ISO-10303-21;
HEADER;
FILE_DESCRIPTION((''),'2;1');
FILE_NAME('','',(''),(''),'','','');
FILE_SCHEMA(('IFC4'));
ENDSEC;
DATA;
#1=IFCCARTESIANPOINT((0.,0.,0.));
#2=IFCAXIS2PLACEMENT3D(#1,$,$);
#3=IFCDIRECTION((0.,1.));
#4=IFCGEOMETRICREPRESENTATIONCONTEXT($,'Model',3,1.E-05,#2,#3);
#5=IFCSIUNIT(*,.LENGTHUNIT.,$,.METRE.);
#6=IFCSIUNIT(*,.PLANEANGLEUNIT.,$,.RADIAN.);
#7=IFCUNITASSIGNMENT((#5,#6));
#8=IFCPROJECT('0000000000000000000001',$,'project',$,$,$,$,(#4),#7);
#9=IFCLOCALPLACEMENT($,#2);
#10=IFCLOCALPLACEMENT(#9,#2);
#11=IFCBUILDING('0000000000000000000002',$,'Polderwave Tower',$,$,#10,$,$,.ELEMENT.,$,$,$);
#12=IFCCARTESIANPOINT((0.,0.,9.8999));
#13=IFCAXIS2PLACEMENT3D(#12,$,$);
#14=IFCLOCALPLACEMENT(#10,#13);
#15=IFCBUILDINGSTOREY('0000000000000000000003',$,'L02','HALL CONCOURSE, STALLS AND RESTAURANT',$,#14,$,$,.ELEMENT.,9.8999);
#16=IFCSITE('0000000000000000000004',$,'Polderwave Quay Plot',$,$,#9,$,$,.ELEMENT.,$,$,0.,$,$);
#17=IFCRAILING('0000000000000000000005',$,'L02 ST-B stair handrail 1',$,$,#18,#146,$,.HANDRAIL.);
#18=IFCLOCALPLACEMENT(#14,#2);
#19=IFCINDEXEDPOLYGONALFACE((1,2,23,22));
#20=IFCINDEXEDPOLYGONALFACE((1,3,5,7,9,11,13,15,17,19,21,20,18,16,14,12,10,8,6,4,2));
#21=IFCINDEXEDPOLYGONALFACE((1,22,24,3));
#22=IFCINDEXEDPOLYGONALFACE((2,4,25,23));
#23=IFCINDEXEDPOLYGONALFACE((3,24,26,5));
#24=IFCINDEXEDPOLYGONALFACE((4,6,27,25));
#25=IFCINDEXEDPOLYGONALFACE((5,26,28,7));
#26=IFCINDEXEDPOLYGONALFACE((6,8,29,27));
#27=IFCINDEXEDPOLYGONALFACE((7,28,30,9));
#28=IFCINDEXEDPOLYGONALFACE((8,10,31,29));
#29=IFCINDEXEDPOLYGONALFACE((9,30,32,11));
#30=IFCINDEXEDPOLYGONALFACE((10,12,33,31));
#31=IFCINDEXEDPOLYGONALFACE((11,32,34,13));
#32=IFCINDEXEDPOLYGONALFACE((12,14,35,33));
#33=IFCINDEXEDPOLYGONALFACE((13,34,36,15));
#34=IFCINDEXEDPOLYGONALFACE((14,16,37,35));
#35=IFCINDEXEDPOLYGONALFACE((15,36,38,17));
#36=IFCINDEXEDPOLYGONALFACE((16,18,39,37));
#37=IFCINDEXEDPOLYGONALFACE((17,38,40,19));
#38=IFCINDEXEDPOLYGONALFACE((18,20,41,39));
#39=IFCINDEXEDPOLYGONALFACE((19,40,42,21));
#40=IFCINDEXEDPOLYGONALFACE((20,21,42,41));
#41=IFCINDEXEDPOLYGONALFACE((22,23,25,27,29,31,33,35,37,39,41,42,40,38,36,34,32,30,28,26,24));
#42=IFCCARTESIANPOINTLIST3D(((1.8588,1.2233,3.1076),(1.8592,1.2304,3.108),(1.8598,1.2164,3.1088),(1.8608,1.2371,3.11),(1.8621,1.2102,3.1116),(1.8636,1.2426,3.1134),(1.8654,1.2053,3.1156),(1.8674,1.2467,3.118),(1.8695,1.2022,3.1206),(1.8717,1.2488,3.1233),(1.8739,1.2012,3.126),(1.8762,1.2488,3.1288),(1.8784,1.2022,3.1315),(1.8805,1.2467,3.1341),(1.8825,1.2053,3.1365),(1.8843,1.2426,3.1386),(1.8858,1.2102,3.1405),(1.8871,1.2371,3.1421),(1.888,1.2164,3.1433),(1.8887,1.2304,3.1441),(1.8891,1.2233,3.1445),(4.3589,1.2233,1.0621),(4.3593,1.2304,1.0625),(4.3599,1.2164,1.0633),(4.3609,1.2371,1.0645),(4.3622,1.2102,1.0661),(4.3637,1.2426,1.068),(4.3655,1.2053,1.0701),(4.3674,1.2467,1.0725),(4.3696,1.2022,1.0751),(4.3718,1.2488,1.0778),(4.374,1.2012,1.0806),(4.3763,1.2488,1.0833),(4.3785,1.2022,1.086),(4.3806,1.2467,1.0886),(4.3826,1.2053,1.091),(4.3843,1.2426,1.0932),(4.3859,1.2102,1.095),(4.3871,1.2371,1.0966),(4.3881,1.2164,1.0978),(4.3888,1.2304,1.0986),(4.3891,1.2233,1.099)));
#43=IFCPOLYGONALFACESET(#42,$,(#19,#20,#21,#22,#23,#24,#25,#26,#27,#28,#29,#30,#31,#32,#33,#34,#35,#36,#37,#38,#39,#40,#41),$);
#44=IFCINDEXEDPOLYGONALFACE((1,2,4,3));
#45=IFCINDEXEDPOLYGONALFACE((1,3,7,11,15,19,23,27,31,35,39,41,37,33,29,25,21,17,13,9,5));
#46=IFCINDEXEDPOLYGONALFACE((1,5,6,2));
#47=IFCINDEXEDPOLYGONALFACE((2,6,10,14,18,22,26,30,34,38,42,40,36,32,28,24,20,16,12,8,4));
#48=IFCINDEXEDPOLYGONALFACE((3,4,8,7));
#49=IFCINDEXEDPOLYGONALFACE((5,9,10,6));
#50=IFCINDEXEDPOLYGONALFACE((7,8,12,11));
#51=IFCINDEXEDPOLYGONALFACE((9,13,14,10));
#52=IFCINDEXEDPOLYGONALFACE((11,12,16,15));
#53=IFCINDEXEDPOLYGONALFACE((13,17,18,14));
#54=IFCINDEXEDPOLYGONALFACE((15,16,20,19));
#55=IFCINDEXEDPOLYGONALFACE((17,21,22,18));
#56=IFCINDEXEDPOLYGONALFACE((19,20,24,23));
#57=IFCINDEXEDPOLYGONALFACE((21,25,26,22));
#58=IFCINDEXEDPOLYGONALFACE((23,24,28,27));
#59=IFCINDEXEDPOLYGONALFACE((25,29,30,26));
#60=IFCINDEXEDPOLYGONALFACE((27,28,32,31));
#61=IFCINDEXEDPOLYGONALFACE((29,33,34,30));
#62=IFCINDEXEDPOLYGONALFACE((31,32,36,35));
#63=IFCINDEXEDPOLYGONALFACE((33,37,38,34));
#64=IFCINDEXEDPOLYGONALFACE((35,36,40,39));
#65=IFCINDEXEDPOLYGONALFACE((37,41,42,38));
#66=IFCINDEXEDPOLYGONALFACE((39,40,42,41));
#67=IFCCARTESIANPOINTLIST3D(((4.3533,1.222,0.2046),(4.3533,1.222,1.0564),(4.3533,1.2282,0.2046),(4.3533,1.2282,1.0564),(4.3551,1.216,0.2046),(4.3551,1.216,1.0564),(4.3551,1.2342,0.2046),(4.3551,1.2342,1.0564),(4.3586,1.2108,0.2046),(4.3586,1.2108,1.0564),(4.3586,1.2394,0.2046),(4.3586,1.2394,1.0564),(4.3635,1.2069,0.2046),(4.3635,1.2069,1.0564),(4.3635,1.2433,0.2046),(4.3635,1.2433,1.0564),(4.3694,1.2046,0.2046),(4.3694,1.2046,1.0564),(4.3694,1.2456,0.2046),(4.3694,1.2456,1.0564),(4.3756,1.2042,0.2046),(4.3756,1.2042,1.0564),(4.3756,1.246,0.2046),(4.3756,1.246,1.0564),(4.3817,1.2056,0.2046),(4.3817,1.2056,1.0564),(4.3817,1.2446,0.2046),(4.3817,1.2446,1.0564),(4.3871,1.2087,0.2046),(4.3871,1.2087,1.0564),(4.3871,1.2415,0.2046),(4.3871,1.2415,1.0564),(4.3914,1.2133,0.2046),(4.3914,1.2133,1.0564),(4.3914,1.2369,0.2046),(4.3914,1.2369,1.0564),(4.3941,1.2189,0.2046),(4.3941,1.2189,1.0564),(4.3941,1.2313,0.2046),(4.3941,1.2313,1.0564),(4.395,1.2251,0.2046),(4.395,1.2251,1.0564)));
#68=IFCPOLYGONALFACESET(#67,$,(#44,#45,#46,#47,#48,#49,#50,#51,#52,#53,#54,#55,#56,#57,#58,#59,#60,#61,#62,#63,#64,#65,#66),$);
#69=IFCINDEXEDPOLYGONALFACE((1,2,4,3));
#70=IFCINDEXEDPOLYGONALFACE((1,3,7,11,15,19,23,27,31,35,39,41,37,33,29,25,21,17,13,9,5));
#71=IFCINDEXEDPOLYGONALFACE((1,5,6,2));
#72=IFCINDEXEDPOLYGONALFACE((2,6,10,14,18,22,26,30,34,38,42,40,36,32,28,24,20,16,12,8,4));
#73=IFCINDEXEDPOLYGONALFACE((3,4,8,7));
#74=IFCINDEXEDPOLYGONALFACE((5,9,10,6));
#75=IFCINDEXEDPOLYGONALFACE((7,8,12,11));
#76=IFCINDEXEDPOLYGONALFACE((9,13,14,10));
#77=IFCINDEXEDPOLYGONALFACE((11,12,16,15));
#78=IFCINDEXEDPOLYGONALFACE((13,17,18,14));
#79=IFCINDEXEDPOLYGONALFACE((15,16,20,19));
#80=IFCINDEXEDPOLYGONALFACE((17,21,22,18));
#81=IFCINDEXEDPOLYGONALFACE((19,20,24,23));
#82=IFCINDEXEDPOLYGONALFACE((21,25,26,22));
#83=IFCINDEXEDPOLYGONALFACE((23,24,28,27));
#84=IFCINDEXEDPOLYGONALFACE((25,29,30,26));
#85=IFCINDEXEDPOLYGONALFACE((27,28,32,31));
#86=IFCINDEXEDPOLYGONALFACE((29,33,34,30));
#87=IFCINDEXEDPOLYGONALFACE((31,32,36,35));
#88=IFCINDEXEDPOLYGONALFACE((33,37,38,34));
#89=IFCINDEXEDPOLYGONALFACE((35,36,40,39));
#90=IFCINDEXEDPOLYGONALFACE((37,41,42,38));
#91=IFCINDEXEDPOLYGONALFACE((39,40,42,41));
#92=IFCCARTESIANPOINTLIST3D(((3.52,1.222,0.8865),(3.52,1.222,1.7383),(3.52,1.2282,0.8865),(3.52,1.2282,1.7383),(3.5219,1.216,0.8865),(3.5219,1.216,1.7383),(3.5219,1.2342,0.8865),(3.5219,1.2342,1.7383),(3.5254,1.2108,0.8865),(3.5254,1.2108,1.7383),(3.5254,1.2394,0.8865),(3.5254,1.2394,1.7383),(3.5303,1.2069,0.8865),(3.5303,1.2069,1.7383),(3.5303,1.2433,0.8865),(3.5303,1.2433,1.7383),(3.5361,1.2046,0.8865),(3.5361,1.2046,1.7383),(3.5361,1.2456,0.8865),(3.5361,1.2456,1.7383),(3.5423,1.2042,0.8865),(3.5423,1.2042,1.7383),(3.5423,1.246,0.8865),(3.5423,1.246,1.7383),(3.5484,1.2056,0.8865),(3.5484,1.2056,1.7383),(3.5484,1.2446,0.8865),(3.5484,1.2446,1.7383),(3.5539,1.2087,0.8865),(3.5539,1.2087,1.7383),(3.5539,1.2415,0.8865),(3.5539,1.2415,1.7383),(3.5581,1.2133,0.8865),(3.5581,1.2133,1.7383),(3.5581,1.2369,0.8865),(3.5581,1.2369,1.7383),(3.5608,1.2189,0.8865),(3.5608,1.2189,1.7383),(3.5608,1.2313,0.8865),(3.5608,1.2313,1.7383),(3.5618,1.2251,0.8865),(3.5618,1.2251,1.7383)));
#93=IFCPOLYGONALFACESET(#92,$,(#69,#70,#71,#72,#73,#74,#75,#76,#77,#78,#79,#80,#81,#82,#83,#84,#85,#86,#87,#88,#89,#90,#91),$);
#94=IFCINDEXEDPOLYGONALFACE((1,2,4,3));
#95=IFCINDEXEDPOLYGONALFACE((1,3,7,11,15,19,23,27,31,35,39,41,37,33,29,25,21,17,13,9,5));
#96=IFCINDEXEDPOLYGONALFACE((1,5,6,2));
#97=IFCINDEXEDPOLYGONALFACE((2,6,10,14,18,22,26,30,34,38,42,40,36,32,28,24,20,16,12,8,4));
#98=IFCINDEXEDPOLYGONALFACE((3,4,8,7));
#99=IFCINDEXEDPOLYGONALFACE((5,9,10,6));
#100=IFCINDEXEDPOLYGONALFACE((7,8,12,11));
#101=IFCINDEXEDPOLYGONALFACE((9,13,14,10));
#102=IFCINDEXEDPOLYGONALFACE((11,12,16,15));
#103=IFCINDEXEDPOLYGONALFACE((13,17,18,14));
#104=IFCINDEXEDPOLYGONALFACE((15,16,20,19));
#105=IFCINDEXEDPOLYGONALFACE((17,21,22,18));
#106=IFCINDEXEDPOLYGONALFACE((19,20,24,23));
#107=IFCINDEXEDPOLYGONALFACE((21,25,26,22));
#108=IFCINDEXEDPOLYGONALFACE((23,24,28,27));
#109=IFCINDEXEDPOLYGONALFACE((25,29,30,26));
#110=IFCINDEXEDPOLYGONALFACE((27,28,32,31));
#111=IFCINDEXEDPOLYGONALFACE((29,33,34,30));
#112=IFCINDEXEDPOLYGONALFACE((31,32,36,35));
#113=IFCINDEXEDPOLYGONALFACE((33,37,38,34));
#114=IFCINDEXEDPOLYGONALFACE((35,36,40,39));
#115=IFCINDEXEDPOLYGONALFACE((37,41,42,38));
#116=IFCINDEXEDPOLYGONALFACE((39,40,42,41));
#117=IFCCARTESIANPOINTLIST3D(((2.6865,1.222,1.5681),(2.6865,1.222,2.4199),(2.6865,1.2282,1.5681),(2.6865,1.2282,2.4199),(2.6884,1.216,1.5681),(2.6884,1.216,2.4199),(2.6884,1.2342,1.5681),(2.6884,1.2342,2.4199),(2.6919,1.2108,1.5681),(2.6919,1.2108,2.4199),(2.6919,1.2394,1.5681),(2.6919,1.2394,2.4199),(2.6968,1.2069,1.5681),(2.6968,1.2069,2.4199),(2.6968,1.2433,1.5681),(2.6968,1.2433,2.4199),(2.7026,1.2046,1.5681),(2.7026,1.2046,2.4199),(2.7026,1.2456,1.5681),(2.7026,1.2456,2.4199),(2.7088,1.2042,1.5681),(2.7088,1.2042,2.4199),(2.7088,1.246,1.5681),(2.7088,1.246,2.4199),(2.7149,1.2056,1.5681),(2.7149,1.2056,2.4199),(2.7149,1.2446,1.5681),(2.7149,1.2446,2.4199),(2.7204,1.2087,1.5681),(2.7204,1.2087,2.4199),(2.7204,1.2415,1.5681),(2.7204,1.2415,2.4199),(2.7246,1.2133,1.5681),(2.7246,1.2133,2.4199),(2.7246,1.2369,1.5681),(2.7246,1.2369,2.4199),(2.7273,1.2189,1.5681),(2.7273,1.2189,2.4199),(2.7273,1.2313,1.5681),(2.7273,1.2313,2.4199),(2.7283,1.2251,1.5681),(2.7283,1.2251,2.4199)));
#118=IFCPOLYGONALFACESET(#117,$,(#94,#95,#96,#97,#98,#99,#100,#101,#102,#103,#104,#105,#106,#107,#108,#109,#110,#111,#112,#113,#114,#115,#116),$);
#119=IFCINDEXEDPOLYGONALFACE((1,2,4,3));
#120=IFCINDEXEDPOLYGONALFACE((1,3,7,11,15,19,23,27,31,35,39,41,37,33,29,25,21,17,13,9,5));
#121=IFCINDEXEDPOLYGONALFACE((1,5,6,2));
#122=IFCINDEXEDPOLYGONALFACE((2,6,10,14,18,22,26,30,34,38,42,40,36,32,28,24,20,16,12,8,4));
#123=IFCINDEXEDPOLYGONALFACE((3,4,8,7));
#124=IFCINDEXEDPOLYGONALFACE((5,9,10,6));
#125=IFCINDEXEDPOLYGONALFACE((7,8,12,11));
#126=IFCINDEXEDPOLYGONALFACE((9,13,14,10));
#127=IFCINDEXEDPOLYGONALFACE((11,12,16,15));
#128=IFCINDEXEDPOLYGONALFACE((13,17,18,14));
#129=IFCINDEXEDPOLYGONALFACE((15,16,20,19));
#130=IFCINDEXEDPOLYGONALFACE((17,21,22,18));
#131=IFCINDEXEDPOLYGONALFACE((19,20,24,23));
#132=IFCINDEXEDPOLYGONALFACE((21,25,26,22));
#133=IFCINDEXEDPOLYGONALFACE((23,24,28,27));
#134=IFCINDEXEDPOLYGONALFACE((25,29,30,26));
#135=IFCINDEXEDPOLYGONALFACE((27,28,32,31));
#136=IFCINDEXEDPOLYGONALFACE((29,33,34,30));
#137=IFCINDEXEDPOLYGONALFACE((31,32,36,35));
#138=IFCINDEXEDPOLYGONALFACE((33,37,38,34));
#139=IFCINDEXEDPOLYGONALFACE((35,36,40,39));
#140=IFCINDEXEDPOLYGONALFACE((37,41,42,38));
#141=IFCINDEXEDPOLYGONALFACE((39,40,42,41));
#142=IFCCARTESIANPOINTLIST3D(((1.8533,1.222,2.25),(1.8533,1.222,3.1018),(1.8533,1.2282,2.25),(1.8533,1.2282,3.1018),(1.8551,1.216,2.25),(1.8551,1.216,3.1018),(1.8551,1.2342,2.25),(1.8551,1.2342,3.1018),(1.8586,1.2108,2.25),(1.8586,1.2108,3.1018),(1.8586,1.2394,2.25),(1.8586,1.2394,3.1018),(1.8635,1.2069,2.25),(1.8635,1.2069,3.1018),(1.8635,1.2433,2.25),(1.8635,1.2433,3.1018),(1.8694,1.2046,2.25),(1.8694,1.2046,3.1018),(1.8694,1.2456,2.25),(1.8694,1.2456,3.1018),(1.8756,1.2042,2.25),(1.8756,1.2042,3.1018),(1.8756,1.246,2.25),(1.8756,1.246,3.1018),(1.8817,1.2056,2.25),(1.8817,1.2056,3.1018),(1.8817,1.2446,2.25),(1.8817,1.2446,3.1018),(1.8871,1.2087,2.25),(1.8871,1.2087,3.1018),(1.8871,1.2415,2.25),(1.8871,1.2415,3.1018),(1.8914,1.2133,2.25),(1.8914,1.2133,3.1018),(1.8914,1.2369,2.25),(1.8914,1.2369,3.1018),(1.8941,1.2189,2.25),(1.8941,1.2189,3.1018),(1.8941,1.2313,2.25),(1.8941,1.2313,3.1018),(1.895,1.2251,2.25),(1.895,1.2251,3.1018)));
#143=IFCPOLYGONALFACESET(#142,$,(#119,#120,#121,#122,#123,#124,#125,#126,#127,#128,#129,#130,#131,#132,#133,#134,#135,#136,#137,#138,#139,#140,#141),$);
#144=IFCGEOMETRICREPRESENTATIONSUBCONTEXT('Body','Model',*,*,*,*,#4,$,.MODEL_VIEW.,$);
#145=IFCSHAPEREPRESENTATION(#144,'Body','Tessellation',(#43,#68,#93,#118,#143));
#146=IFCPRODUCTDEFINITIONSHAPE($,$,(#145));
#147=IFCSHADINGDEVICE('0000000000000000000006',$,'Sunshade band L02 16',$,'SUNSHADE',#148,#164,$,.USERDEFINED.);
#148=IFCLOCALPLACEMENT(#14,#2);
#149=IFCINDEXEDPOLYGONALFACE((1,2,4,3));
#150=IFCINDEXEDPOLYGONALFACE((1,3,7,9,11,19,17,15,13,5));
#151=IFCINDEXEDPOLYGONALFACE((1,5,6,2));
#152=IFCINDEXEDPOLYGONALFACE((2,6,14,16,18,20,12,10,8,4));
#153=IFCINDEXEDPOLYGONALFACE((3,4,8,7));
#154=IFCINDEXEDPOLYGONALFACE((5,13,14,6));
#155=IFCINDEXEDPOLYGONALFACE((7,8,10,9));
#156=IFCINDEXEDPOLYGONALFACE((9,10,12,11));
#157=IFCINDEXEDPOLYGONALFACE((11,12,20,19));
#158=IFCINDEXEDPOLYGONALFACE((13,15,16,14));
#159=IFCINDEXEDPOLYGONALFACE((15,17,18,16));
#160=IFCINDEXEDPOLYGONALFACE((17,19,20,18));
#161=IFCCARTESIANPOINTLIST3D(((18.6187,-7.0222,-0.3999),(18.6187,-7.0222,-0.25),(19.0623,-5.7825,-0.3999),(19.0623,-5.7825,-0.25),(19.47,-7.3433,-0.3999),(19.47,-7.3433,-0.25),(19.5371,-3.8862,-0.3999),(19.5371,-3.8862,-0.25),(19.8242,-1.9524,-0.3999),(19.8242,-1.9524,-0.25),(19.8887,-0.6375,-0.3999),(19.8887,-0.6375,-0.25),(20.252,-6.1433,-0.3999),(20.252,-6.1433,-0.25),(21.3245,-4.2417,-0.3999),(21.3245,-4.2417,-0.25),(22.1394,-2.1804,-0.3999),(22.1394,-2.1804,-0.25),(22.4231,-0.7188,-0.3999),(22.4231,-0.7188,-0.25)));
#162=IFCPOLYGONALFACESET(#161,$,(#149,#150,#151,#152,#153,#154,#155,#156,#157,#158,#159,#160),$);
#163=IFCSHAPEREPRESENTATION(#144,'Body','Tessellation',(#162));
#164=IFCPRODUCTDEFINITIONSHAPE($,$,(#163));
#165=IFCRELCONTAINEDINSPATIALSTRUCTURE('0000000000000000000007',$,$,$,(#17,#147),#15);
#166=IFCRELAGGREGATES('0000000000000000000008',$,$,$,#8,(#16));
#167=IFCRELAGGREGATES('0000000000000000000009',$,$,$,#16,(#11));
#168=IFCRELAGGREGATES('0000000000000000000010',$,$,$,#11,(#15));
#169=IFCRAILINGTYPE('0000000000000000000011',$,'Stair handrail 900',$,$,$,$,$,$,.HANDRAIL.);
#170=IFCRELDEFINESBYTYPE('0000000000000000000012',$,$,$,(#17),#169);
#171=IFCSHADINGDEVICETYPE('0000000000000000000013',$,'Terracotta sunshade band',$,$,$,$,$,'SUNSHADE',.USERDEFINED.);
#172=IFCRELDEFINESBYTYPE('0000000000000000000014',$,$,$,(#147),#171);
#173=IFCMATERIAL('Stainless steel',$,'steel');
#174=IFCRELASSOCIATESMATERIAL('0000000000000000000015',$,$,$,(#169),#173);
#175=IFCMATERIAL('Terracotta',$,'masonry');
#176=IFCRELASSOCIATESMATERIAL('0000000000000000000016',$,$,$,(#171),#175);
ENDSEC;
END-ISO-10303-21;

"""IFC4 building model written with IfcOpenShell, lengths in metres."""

from ifc_helpers import new_model, si_unit, direction, frame, origin, origin_2d, place, context, subcontext, project, spatial, polyline, circle, outline, extrude, material, type_object, element, save


model = new_model("IFC4")

# Units and contexts
model_context = context("Model", 3, precision=1e-05, world=origin(), true_north=direction((0.0, 1.0)))
body_context = subcontext(model_context, "Body", "Model", "MODEL_VIEW")
ifc_project = project(units=[si_unit("LENGTHUNIT", "METRE"), si_unit("PLANEANGLEUNIT", "RADIAN")], contexts=[model_context])

# Site, building, storey
site_placement = place(None, origin())
site = spatial("IfcSite", under=ifc_project, at=site_placement, Name="Polderwave Quay Plot", CompositionType="ELEMENT", RefElevation=0.0)
building_placement = place(site_placement, origin())
building = spatial("IfcBuilding", under=site, at=building_placement, Name="Polderwave Tower", CompositionType="ELEMENT")
storey_placement = place(building_placement, frame((0.0, 0.0, 9.8999)))
storey = spatial("IfcBuildingStorey", under=building, at=storey_placement, Name="L02", Description="HALL CONCOURSE, STALLS AND RESTAURANT", CompositionType="ELEMENT", Elevation=9.8999)

# Railing
ifc_material_1 = material(Name="Stainless steel", Category="steel")
railing_type_1 = type_object("IfcRailingType", Name="Stair handrail 900", PredefinedType="HANDRAIL", material=ifc_material_1)
railing_1_placement = place(storey_placement, frame((4.374, 1.2251, 0.2046)))
element("IfcRailing", 1, at=railing_1_placement, inside=storey, type_object=railing_type_1, Name="L02 ST-B stair handrail 1", PredefinedType="HANDRAIL", context=body_context, shape_type="SweptSolid", body=[
    extrude(circle(Radius=0.0239, at=origin_2d()), frame((0.0, 0.0, 0.876), z_axis=(-0.773964, 0.0, 0.63323), x_axis=(0.0, -1.0, 0.0)), (0.0, 0.0, 1.0), 3.2302),
    extrude(circle(Radius=0.021, at=origin_2d()), origin(), (0.0, 0.0, 1.0), 0.8518),
    extrude(circle(Radius=0.021, at=origin_2d()), frame((-0.8333, 0.0, 0.6819)), (0.0, 0.0, 1.0), 0.8518),
    extrude(circle(Radius=0.021, at=origin_2d()), frame((-1.6667, 0.0, 1.3635)), (0.0, 0.0, 1.0), 0.8518),
    extrude(circle(Radius=0.021, at=origin_2d()), frame((-2.5, 0.0, 2.0454)), (0.0, 0.0, 1.0), 0.8518),
])

# Shading device
ifc_material_2 = material(Name="Terracotta", Category="masonry")
shading_device_type = type_object("IfcShadingDeviceType", Name="Terracotta sunshade band", ElementType="SUNSHADE", PredefinedType="USERDEFINED", material=ifc_material_2)
shading_device_placement = place(storey_placement, frame((0.0, 0.0, -0.3999)))
element("IfcShadingDevice", 2, at=shading_device_placement, inside=storey, type_object=shading_device_type, Name="Sunshade band L02 16", ObjectType="SUNSHADE", PredefinedType="USERDEFINED", context=body_context, shape_type="SweptSolid", body=[
    extrude(outline(polyline([(18.6187, -7.0222), (19.0623, -5.7825), (19.5371, -3.8862), (19.8242, -1.9524), (19.8887, -0.6375), (22.4231, -0.7188), (22.1394, -2.1804), (21.3245, -4.2417), (20.252, -6.1433), (19.47, -7.3433), (18.6187, -7.0222)])), origin(), (0.0, 0.0, 1.0), 0.1499),
])

save(model, "model.ifc")
